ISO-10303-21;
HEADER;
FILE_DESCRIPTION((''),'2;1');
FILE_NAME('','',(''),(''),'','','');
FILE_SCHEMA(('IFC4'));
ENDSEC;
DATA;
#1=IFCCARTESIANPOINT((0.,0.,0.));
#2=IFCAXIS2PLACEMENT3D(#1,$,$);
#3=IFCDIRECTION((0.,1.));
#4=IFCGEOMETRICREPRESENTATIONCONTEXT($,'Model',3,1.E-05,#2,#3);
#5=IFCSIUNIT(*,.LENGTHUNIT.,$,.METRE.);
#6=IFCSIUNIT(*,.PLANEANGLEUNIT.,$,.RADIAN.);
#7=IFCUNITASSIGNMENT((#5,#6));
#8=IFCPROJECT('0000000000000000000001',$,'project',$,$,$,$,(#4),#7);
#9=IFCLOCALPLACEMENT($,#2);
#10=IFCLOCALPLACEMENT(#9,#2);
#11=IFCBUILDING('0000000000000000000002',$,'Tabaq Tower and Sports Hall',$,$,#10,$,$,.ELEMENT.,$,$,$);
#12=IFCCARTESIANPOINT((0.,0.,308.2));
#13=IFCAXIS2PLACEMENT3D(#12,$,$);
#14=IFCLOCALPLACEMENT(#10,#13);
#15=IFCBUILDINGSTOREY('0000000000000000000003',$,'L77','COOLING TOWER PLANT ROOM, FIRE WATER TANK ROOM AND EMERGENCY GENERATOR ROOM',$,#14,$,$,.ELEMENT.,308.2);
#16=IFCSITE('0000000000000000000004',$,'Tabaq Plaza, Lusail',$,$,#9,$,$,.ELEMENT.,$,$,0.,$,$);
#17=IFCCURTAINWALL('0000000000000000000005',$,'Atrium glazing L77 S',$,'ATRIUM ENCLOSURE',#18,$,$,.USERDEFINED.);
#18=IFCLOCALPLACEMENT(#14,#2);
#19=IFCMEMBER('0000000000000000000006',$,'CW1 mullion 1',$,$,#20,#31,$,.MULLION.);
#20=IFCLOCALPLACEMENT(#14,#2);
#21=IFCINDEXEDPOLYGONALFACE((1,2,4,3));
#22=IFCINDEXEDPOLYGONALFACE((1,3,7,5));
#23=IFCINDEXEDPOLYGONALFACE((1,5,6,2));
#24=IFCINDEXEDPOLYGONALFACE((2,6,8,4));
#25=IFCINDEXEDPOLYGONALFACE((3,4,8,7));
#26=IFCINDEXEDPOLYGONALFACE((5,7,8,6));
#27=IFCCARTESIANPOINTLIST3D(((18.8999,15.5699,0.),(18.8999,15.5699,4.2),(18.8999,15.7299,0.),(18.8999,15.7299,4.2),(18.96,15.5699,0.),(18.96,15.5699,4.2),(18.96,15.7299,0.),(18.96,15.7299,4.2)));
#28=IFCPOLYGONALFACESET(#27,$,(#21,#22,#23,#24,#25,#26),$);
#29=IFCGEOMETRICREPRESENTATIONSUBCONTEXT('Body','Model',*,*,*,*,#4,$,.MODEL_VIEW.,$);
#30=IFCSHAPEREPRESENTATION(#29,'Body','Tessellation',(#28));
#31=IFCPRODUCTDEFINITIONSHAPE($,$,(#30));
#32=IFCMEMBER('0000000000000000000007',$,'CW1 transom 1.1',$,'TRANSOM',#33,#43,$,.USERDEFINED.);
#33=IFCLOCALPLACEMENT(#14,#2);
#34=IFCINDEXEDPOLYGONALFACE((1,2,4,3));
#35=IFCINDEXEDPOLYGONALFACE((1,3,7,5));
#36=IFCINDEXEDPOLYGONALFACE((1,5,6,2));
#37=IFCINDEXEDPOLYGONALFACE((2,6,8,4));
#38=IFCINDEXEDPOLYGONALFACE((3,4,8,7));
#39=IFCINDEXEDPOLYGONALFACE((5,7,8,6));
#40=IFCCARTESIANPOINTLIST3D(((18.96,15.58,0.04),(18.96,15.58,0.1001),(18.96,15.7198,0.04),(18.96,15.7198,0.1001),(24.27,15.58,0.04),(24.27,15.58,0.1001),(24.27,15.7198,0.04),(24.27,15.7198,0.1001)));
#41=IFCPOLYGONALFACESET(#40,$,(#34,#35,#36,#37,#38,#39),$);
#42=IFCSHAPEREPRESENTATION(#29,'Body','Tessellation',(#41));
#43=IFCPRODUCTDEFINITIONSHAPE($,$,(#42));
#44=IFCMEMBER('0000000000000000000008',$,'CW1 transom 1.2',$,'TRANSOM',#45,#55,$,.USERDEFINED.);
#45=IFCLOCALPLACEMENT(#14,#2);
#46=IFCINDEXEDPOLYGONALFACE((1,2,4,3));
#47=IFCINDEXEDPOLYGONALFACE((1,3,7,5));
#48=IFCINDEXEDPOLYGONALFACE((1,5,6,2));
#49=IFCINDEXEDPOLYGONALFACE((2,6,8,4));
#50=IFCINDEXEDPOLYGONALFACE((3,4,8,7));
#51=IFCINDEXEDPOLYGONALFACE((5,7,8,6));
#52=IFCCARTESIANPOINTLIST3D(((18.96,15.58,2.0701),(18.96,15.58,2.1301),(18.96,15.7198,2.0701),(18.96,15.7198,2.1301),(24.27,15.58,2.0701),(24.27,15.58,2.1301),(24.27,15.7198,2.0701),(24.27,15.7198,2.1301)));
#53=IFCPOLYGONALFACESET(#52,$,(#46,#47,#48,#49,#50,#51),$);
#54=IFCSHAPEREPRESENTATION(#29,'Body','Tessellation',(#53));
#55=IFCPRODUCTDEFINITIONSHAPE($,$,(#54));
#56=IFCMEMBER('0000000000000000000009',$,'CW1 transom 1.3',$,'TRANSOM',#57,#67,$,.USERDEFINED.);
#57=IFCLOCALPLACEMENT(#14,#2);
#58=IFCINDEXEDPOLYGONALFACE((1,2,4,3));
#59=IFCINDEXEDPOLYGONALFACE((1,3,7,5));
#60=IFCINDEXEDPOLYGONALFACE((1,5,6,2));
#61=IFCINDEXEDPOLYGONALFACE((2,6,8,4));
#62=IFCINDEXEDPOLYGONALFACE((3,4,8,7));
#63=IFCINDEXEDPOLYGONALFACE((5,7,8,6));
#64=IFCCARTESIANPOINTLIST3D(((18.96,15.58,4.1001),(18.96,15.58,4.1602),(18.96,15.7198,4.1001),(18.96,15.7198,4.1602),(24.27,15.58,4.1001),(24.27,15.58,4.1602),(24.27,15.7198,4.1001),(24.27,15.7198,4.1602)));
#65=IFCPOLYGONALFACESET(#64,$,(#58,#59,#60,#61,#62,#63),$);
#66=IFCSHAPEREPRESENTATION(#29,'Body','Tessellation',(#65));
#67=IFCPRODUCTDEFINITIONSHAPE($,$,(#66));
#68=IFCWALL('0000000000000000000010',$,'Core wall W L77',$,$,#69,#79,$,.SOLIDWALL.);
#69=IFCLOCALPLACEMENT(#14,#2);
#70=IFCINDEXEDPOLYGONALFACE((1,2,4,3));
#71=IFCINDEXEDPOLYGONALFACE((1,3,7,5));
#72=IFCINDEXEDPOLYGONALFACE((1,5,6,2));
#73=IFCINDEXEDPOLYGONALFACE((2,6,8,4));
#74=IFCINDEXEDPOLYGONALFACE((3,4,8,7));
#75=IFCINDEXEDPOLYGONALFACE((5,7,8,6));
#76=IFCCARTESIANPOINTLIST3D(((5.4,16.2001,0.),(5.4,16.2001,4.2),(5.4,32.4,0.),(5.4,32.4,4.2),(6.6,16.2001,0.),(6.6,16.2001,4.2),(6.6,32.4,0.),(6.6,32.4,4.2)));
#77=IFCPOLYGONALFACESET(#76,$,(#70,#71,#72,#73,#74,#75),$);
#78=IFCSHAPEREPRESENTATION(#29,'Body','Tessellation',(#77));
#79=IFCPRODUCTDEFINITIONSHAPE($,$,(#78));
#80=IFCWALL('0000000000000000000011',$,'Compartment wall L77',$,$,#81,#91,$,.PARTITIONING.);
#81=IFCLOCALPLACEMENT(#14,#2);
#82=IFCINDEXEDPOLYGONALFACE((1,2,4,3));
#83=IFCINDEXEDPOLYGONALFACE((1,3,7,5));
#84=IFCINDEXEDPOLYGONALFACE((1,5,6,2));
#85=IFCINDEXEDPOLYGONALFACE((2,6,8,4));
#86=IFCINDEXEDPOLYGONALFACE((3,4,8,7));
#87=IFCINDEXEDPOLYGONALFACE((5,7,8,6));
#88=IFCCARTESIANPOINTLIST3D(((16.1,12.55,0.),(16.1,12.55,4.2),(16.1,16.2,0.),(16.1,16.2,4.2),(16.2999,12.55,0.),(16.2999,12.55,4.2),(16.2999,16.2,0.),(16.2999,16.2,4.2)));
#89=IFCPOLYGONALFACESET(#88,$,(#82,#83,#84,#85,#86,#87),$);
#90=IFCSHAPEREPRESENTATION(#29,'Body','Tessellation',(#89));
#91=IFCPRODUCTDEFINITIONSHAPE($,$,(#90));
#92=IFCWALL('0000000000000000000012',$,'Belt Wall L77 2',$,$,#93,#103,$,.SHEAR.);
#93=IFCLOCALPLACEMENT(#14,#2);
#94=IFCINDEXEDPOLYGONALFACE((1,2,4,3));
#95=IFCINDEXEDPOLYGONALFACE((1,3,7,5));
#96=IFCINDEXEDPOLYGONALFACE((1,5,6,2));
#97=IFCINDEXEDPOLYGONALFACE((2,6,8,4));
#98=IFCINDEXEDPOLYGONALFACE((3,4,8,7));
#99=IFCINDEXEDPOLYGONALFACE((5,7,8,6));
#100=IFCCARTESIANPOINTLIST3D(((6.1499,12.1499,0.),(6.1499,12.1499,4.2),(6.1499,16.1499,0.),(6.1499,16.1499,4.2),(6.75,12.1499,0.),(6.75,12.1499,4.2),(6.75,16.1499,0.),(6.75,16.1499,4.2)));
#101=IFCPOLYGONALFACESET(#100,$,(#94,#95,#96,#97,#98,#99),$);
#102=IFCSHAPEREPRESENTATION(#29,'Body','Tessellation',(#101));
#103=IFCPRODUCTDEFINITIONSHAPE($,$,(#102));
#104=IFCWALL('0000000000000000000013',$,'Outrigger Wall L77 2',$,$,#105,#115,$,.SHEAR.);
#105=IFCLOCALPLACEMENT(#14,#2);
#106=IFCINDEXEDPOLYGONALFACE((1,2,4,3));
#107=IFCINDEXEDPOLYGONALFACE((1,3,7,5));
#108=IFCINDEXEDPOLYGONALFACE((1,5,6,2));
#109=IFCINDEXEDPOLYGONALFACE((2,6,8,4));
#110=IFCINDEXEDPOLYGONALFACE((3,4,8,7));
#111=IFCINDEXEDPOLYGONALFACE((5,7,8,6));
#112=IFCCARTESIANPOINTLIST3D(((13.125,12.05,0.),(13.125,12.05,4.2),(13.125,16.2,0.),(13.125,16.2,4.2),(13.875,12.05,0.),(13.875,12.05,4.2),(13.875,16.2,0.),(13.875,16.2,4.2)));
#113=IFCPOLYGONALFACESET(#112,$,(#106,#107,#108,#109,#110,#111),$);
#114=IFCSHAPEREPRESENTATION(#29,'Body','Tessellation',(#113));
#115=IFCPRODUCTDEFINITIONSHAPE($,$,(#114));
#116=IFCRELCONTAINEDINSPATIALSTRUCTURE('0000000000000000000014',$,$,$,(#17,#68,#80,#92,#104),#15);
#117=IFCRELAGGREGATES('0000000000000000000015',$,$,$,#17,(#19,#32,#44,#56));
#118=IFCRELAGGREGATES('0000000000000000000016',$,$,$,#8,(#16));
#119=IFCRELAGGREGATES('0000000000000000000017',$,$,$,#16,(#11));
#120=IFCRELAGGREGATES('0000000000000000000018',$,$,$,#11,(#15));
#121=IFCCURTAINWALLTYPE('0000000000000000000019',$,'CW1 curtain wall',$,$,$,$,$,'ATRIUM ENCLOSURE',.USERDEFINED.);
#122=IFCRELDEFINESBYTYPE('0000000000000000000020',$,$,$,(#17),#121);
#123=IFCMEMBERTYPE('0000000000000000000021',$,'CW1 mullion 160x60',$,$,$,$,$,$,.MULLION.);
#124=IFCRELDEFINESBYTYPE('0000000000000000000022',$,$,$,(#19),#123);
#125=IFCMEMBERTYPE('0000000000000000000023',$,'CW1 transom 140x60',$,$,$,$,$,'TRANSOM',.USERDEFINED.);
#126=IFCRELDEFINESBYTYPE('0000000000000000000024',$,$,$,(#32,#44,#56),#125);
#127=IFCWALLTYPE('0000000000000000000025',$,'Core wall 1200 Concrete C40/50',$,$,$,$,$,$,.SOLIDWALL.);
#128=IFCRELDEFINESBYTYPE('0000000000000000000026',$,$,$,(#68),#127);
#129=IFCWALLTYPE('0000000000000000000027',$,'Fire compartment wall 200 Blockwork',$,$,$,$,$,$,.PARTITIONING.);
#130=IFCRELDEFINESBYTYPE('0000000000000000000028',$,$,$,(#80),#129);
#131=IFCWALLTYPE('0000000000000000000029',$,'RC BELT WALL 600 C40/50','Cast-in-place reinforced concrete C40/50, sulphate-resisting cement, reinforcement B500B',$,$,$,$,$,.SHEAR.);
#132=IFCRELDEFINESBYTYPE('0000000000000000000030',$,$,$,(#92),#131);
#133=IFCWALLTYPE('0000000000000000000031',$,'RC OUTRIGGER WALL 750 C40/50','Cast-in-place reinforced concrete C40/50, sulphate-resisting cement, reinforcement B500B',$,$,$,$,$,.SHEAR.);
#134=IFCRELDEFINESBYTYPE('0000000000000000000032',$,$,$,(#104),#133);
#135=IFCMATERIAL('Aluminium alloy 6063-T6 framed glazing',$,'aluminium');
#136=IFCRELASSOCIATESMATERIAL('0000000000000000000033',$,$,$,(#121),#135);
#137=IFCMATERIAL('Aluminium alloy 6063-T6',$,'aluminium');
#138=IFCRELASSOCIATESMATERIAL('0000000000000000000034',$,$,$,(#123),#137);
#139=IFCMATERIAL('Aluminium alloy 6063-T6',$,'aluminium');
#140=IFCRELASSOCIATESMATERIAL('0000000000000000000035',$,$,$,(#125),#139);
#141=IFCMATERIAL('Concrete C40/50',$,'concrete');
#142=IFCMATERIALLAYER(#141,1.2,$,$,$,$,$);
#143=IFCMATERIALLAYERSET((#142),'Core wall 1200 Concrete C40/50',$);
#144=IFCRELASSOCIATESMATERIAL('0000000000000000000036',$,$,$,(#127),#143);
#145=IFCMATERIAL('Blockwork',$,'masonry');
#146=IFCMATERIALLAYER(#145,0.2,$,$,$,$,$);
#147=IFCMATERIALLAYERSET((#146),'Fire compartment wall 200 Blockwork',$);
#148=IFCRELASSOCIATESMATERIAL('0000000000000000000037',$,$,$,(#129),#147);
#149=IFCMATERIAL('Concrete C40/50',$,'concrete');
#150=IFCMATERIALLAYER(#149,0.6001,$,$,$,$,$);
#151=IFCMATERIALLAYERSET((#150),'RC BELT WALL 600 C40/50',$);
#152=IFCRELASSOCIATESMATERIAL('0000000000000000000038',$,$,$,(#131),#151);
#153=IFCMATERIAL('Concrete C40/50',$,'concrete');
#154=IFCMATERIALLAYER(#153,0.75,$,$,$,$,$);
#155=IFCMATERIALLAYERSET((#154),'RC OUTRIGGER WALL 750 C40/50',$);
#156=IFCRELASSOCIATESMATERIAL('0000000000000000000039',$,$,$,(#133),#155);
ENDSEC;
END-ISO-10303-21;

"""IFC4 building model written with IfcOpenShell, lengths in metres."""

from ifc_helpers import new_model, si_unit, direction, frame, frame_2d, origin, origin_2d, place, context, subcontext, project, spatial, rectangle, extrude, material, layer, layer_set, material_profile, profile_set, type_object, element, aggregate, save


model = new_model("IFC4")

# Units and contexts
model_context = context("Model", 3, precision=1e-05, world=origin(), true_north=direction((0.0, 1.0)))
body_context = subcontext(model_context, "Body", "Model", "MODEL_VIEW")
ifc_project = project(units=[si_unit("LENGTHUNIT", "METRE"), si_unit("PLANEANGLEUNIT", "RADIAN")], contexts=[model_context])

# Site, building, storey
site_placement = place(None, origin())
site = spatial("IfcSite", under=ifc_project, at=site_placement, Name="Tabaq Plaza, Lusail", CompositionType="ELEMENT", RefElevation=0.0)
building_placement = place(site_placement, origin())
building = spatial("IfcBuilding", under=site, at=building_placement, Name="Tabaq Tower and Sports Hall", CompositionType="ELEMENT")
storey_placement = place(building_placement, frame((0.0, 0.0, 308.2)))
storey = spatial("IfcBuildingStorey", under=building, at=storey_placement, Name="L77", Description="COOLING TOWER PLANT ROOM, FIRE WATER TANK ROOM AND EMERGENCY GENERATOR ROOM", CompositionType="ELEMENT", Elevation=308.2)

# Curtain wall, members
ifc_material_1 = material(Name="Aluminium alloy 6063-T6 framed glazing", Category="aluminium")
curtain_wall_type = type_object("IfcCurtainWallType", Name="CW1 curtain wall", ElementType="ATRIUM ENCLOSURE", PredefinedType="USERDEFINED", material=ifc_material_1)
curtain_wall_placement = place(storey_placement, origin())
curtain_wall = element("IfcCurtainWall", 1, at=curtain_wall_placement, inside=storey, type_object=curtain_wall_type, Name="Atrium glazing L77 S", ObjectType="ATRIUM ENCLOSURE", PredefinedType="USERDEFINED")
ifc_material_2 = material(Name="Aluminium alloy 6063-T6", Category="aluminium")
ifc_material_profile_1 = material_profile(ifc_material_2, rectangle(XDim=0.1599, YDim=0.0601, at=origin_2d()), Name="MULLION 160x60")
ifc_profile_set_1 = profile_set([ifc_material_profile_1], Name="Aluminium alloy 6063-T6")
member_type_1 = type_object("IfcMemberType", Name="CW1 mullion 160x60", PredefinedType="MULLION", material=ifc_profile_set_1)
member_1_placement = place(storey_placement, frame((18.9299, 15.6499, 0.0), z_axis=(0.0, 0.0, 1.0), x_axis=(0.0, 1.0, 0.0)))
member_1 = element("IfcMember", 2, at=member_1_placement, type_object=member_type_1, Name="CW1 mullion 1", PredefinedType="MULLION", context=body_context, shape_type="SweptSolid", body=[
    extrude(rectangle(XDim=0.1599, YDim=0.0601, at=origin_2d()), origin(), (0.0, 0.0, 1.0), 4.2),
])
ifc_material_3 = material(Name="Aluminium alloy 6063-T6", Category="aluminium")
ifc_material_profile_2 = material_profile(ifc_material_3, rectangle(XDim=0.1399, YDim=0.0601, at=origin_2d()), Name="TRANSOM 140x60")
ifc_profile_set_2 = profile_set([ifc_material_profile_2], Name="Aluminium alloy 6063-T6")
member_type_2 = type_object("IfcMemberType", Name="CW1 transom 140x60", ElementType="TRANSOM", PredefinedType="USERDEFINED", material=ifc_profile_set_2)
member_2_placement = place(storey_placement, frame((18.96, 15.6499, 0.0701), z_axis=(1.0, 0.0, 0.0), x_axis=(0.0, 1.0, 0.0)))
member_2 = element("IfcMember", 3, at=member_2_placement, type_object=member_type_2, Name="CW1 transom 1.1", ObjectType="TRANSOM", PredefinedType="USERDEFINED", context=body_context, shape_type="SweptSolid", body=[
    extrude(rectangle(XDim=0.1399, YDim=0.0601, at=origin_2d()), origin(), (0.0, 0.0, 1.0), 5.3101),
])
member_3_placement = place(storey_placement, frame((18.96, 15.6499, 2.1001), z_axis=(1.0, 0.0, 0.0), x_axis=(0.0, 1.0, 0.0)))
member_3 = element("IfcMember", 4, at=member_3_placement, type_object=member_type_2, Name="CW1 transom 1.2", ObjectType="TRANSOM", PredefinedType="USERDEFINED", context=body_context, shape_type="SweptSolid", body=[
    extrude(rectangle(XDim=0.1399, YDim=0.0601, at=origin_2d()), origin(), (0.0, 0.0, 1.0), 5.3101),
])
member_4_placement = place(storey_placement, frame((18.96, 15.6499, 4.1301), z_axis=(1.0, 0.0, 0.0), x_axis=(0.0, 1.0, 0.0)))
member_4 = element("IfcMember", 5, at=member_4_placement, type_object=member_type_2, Name="CW1 transom 1.3", ObjectType="TRANSOM", PredefinedType="USERDEFINED", context=body_context, shape_type="SweptSolid", body=[
    extrude(rectangle(XDim=0.1399, YDim=0.0601, at=origin_2d()), origin(), (0.0, 0.0, 1.0), 5.3101),
])
aggregate(curtain_wall, [member_1, member_2, member_3, member_4])

# Wall
ifc_material_4 = material(Name="Concrete C40/50", Category="concrete")
ifc_layer_1 = layer(ifc_material_4, 1.2)
ifc_layer_set_1 = layer_set([ifc_layer_1], Name="Core wall 1200 Concrete C40/50")
wall_type_1 = type_object("IfcWallType", Name="Core wall 1200 Concrete C40/50", PredefinedType="SOLIDWALL", material=ifc_layer_set_1)
wall_1_placement = place(storey_placement, frame((6.0, 16.2, 0.0), z_axis=(0.0, 0.0, 1.0), x_axis=(0.0, 1.0, 0.0)))
element("IfcWall", 6, at=wall_1_placement, inside=storey, type_object=wall_type_1, Name="Core wall W L77", PredefinedType="SOLIDWALL", context=body_context, shape_type="SweptSolid", body=[
    extrude(rectangle(XDim=16.2, YDim=1.2, at=frame_2d((8.1001, 0.0))), origin(), (0.0, 0.0, 1.0), 4.2),
])

# Wall
ifc_material_5 = material(Name="Blockwork", Category="masonry")
ifc_layer_2 = layer(ifc_material_5, 0.2)
ifc_layer_set_2 = layer_set([ifc_layer_2], Name="Fire compartment wall 200 Blockwork")
wall_type_2 = type_object("IfcWallType", Name="Fire compartment wall 200 Blockwork", PredefinedType="PARTITIONING", material=ifc_layer_set_2)
wall_2_placement = place(storey_placement, frame((16.2, 16.2, 0.0), z_axis=(0.0, 0.0, 1.0), x_axis=(0.0, -1.0, 0.0)))
element("IfcWall", 7, at=wall_2_placement, inside=storey, type_object=wall_type_2, Name="Compartment wall L77", PredefinedType="PARTITIONING", context=body_context, shape_type="SweptSolid", body=[
    extrude(rectangle(XDim=3.6499, YDim=0.2, at=frame_2d((1.825, 0.0))), origin(), (0.0, 0.0, 1.0), 4.2),
])

# Walls
ifc_material_6 = material(Name="Concrete C40/50", Category="concrete")
ifc_layer_3 = layer(ifc_material_6, 0.6001)
ifc_layer_set_3 = layer_set([ifc_layer_3], Name="RC BELT WALL 600 C40/50")
wall_type_3 = type_object("IfcWallType", Name="RC BELT WALL 600 C40/50", Description="Cast-in-place reinforced concrete C40/50, sulphate-resisting cement, reinforcement B500B", PredefinedType="SHEAR", material=ifc_layer_set_3)
wall_3_placement = place(storey_placement, frame((6.45, 12.1499, 0.0), z_axis=(0.0, 0.0, 1.0), x_axis=(0.0, 1.0, 0.0)))
element("IfcWall", 8, at=wall_3_placement, inside=storey, type_object=wall_type_3, Name="Belt Wall L77 2", PredefinedType="SHEAR", context=body_context, shape_type="SweptSolid", body=[
    extrude(rectangle(XDim=4.0, YDim=0.6001, at=frame_2d((2.0, 0.0))), origin(), (0.0, 0.0, 1.0), 4.2),
])
ifc_material_7 = material(Name="Concrete C40/50", Category="concrete")
ifc_layer_4 = layer(ifc_material_7, 0.75)
ifc_layer_set_4 = layer_set([ifc_layer_4], Name="RC OUTRIGGER WALL 750 C40/50")
wall_type_4 = type_object("IfcWallType", Name="RC OUTRIGGER WALL 750 C40/50", Description="Cast-in-place reinforced concrete C40/50, sulphate-resisting cement, reinforcement B500B", PredefinedType="SHEAR", material=ifc_layer_set_4)
wall_4_placement = place(storey_placement, frame((13.5, 12.05, 0.0), z_axis=(0.0, 0.0, 1.0), x_axis=(0.0, 1.0, 0.0)))
element("IfcWall", 9, at=wall_4_placement, inside=storey, type_object=wall_type_4, Name="Outrigger Wall L77 2", PredefinedType="SHEAR", context=body_context, shape_type="SweptSolid", body=[
    extrude(rectangle(XDim=4.1499, YDim=0.75, at=frame_2d((2.075, 0.0))), origin(), (0.0, 0.0, 1.0), 4.2),
])

save(model, "model.ifc")
